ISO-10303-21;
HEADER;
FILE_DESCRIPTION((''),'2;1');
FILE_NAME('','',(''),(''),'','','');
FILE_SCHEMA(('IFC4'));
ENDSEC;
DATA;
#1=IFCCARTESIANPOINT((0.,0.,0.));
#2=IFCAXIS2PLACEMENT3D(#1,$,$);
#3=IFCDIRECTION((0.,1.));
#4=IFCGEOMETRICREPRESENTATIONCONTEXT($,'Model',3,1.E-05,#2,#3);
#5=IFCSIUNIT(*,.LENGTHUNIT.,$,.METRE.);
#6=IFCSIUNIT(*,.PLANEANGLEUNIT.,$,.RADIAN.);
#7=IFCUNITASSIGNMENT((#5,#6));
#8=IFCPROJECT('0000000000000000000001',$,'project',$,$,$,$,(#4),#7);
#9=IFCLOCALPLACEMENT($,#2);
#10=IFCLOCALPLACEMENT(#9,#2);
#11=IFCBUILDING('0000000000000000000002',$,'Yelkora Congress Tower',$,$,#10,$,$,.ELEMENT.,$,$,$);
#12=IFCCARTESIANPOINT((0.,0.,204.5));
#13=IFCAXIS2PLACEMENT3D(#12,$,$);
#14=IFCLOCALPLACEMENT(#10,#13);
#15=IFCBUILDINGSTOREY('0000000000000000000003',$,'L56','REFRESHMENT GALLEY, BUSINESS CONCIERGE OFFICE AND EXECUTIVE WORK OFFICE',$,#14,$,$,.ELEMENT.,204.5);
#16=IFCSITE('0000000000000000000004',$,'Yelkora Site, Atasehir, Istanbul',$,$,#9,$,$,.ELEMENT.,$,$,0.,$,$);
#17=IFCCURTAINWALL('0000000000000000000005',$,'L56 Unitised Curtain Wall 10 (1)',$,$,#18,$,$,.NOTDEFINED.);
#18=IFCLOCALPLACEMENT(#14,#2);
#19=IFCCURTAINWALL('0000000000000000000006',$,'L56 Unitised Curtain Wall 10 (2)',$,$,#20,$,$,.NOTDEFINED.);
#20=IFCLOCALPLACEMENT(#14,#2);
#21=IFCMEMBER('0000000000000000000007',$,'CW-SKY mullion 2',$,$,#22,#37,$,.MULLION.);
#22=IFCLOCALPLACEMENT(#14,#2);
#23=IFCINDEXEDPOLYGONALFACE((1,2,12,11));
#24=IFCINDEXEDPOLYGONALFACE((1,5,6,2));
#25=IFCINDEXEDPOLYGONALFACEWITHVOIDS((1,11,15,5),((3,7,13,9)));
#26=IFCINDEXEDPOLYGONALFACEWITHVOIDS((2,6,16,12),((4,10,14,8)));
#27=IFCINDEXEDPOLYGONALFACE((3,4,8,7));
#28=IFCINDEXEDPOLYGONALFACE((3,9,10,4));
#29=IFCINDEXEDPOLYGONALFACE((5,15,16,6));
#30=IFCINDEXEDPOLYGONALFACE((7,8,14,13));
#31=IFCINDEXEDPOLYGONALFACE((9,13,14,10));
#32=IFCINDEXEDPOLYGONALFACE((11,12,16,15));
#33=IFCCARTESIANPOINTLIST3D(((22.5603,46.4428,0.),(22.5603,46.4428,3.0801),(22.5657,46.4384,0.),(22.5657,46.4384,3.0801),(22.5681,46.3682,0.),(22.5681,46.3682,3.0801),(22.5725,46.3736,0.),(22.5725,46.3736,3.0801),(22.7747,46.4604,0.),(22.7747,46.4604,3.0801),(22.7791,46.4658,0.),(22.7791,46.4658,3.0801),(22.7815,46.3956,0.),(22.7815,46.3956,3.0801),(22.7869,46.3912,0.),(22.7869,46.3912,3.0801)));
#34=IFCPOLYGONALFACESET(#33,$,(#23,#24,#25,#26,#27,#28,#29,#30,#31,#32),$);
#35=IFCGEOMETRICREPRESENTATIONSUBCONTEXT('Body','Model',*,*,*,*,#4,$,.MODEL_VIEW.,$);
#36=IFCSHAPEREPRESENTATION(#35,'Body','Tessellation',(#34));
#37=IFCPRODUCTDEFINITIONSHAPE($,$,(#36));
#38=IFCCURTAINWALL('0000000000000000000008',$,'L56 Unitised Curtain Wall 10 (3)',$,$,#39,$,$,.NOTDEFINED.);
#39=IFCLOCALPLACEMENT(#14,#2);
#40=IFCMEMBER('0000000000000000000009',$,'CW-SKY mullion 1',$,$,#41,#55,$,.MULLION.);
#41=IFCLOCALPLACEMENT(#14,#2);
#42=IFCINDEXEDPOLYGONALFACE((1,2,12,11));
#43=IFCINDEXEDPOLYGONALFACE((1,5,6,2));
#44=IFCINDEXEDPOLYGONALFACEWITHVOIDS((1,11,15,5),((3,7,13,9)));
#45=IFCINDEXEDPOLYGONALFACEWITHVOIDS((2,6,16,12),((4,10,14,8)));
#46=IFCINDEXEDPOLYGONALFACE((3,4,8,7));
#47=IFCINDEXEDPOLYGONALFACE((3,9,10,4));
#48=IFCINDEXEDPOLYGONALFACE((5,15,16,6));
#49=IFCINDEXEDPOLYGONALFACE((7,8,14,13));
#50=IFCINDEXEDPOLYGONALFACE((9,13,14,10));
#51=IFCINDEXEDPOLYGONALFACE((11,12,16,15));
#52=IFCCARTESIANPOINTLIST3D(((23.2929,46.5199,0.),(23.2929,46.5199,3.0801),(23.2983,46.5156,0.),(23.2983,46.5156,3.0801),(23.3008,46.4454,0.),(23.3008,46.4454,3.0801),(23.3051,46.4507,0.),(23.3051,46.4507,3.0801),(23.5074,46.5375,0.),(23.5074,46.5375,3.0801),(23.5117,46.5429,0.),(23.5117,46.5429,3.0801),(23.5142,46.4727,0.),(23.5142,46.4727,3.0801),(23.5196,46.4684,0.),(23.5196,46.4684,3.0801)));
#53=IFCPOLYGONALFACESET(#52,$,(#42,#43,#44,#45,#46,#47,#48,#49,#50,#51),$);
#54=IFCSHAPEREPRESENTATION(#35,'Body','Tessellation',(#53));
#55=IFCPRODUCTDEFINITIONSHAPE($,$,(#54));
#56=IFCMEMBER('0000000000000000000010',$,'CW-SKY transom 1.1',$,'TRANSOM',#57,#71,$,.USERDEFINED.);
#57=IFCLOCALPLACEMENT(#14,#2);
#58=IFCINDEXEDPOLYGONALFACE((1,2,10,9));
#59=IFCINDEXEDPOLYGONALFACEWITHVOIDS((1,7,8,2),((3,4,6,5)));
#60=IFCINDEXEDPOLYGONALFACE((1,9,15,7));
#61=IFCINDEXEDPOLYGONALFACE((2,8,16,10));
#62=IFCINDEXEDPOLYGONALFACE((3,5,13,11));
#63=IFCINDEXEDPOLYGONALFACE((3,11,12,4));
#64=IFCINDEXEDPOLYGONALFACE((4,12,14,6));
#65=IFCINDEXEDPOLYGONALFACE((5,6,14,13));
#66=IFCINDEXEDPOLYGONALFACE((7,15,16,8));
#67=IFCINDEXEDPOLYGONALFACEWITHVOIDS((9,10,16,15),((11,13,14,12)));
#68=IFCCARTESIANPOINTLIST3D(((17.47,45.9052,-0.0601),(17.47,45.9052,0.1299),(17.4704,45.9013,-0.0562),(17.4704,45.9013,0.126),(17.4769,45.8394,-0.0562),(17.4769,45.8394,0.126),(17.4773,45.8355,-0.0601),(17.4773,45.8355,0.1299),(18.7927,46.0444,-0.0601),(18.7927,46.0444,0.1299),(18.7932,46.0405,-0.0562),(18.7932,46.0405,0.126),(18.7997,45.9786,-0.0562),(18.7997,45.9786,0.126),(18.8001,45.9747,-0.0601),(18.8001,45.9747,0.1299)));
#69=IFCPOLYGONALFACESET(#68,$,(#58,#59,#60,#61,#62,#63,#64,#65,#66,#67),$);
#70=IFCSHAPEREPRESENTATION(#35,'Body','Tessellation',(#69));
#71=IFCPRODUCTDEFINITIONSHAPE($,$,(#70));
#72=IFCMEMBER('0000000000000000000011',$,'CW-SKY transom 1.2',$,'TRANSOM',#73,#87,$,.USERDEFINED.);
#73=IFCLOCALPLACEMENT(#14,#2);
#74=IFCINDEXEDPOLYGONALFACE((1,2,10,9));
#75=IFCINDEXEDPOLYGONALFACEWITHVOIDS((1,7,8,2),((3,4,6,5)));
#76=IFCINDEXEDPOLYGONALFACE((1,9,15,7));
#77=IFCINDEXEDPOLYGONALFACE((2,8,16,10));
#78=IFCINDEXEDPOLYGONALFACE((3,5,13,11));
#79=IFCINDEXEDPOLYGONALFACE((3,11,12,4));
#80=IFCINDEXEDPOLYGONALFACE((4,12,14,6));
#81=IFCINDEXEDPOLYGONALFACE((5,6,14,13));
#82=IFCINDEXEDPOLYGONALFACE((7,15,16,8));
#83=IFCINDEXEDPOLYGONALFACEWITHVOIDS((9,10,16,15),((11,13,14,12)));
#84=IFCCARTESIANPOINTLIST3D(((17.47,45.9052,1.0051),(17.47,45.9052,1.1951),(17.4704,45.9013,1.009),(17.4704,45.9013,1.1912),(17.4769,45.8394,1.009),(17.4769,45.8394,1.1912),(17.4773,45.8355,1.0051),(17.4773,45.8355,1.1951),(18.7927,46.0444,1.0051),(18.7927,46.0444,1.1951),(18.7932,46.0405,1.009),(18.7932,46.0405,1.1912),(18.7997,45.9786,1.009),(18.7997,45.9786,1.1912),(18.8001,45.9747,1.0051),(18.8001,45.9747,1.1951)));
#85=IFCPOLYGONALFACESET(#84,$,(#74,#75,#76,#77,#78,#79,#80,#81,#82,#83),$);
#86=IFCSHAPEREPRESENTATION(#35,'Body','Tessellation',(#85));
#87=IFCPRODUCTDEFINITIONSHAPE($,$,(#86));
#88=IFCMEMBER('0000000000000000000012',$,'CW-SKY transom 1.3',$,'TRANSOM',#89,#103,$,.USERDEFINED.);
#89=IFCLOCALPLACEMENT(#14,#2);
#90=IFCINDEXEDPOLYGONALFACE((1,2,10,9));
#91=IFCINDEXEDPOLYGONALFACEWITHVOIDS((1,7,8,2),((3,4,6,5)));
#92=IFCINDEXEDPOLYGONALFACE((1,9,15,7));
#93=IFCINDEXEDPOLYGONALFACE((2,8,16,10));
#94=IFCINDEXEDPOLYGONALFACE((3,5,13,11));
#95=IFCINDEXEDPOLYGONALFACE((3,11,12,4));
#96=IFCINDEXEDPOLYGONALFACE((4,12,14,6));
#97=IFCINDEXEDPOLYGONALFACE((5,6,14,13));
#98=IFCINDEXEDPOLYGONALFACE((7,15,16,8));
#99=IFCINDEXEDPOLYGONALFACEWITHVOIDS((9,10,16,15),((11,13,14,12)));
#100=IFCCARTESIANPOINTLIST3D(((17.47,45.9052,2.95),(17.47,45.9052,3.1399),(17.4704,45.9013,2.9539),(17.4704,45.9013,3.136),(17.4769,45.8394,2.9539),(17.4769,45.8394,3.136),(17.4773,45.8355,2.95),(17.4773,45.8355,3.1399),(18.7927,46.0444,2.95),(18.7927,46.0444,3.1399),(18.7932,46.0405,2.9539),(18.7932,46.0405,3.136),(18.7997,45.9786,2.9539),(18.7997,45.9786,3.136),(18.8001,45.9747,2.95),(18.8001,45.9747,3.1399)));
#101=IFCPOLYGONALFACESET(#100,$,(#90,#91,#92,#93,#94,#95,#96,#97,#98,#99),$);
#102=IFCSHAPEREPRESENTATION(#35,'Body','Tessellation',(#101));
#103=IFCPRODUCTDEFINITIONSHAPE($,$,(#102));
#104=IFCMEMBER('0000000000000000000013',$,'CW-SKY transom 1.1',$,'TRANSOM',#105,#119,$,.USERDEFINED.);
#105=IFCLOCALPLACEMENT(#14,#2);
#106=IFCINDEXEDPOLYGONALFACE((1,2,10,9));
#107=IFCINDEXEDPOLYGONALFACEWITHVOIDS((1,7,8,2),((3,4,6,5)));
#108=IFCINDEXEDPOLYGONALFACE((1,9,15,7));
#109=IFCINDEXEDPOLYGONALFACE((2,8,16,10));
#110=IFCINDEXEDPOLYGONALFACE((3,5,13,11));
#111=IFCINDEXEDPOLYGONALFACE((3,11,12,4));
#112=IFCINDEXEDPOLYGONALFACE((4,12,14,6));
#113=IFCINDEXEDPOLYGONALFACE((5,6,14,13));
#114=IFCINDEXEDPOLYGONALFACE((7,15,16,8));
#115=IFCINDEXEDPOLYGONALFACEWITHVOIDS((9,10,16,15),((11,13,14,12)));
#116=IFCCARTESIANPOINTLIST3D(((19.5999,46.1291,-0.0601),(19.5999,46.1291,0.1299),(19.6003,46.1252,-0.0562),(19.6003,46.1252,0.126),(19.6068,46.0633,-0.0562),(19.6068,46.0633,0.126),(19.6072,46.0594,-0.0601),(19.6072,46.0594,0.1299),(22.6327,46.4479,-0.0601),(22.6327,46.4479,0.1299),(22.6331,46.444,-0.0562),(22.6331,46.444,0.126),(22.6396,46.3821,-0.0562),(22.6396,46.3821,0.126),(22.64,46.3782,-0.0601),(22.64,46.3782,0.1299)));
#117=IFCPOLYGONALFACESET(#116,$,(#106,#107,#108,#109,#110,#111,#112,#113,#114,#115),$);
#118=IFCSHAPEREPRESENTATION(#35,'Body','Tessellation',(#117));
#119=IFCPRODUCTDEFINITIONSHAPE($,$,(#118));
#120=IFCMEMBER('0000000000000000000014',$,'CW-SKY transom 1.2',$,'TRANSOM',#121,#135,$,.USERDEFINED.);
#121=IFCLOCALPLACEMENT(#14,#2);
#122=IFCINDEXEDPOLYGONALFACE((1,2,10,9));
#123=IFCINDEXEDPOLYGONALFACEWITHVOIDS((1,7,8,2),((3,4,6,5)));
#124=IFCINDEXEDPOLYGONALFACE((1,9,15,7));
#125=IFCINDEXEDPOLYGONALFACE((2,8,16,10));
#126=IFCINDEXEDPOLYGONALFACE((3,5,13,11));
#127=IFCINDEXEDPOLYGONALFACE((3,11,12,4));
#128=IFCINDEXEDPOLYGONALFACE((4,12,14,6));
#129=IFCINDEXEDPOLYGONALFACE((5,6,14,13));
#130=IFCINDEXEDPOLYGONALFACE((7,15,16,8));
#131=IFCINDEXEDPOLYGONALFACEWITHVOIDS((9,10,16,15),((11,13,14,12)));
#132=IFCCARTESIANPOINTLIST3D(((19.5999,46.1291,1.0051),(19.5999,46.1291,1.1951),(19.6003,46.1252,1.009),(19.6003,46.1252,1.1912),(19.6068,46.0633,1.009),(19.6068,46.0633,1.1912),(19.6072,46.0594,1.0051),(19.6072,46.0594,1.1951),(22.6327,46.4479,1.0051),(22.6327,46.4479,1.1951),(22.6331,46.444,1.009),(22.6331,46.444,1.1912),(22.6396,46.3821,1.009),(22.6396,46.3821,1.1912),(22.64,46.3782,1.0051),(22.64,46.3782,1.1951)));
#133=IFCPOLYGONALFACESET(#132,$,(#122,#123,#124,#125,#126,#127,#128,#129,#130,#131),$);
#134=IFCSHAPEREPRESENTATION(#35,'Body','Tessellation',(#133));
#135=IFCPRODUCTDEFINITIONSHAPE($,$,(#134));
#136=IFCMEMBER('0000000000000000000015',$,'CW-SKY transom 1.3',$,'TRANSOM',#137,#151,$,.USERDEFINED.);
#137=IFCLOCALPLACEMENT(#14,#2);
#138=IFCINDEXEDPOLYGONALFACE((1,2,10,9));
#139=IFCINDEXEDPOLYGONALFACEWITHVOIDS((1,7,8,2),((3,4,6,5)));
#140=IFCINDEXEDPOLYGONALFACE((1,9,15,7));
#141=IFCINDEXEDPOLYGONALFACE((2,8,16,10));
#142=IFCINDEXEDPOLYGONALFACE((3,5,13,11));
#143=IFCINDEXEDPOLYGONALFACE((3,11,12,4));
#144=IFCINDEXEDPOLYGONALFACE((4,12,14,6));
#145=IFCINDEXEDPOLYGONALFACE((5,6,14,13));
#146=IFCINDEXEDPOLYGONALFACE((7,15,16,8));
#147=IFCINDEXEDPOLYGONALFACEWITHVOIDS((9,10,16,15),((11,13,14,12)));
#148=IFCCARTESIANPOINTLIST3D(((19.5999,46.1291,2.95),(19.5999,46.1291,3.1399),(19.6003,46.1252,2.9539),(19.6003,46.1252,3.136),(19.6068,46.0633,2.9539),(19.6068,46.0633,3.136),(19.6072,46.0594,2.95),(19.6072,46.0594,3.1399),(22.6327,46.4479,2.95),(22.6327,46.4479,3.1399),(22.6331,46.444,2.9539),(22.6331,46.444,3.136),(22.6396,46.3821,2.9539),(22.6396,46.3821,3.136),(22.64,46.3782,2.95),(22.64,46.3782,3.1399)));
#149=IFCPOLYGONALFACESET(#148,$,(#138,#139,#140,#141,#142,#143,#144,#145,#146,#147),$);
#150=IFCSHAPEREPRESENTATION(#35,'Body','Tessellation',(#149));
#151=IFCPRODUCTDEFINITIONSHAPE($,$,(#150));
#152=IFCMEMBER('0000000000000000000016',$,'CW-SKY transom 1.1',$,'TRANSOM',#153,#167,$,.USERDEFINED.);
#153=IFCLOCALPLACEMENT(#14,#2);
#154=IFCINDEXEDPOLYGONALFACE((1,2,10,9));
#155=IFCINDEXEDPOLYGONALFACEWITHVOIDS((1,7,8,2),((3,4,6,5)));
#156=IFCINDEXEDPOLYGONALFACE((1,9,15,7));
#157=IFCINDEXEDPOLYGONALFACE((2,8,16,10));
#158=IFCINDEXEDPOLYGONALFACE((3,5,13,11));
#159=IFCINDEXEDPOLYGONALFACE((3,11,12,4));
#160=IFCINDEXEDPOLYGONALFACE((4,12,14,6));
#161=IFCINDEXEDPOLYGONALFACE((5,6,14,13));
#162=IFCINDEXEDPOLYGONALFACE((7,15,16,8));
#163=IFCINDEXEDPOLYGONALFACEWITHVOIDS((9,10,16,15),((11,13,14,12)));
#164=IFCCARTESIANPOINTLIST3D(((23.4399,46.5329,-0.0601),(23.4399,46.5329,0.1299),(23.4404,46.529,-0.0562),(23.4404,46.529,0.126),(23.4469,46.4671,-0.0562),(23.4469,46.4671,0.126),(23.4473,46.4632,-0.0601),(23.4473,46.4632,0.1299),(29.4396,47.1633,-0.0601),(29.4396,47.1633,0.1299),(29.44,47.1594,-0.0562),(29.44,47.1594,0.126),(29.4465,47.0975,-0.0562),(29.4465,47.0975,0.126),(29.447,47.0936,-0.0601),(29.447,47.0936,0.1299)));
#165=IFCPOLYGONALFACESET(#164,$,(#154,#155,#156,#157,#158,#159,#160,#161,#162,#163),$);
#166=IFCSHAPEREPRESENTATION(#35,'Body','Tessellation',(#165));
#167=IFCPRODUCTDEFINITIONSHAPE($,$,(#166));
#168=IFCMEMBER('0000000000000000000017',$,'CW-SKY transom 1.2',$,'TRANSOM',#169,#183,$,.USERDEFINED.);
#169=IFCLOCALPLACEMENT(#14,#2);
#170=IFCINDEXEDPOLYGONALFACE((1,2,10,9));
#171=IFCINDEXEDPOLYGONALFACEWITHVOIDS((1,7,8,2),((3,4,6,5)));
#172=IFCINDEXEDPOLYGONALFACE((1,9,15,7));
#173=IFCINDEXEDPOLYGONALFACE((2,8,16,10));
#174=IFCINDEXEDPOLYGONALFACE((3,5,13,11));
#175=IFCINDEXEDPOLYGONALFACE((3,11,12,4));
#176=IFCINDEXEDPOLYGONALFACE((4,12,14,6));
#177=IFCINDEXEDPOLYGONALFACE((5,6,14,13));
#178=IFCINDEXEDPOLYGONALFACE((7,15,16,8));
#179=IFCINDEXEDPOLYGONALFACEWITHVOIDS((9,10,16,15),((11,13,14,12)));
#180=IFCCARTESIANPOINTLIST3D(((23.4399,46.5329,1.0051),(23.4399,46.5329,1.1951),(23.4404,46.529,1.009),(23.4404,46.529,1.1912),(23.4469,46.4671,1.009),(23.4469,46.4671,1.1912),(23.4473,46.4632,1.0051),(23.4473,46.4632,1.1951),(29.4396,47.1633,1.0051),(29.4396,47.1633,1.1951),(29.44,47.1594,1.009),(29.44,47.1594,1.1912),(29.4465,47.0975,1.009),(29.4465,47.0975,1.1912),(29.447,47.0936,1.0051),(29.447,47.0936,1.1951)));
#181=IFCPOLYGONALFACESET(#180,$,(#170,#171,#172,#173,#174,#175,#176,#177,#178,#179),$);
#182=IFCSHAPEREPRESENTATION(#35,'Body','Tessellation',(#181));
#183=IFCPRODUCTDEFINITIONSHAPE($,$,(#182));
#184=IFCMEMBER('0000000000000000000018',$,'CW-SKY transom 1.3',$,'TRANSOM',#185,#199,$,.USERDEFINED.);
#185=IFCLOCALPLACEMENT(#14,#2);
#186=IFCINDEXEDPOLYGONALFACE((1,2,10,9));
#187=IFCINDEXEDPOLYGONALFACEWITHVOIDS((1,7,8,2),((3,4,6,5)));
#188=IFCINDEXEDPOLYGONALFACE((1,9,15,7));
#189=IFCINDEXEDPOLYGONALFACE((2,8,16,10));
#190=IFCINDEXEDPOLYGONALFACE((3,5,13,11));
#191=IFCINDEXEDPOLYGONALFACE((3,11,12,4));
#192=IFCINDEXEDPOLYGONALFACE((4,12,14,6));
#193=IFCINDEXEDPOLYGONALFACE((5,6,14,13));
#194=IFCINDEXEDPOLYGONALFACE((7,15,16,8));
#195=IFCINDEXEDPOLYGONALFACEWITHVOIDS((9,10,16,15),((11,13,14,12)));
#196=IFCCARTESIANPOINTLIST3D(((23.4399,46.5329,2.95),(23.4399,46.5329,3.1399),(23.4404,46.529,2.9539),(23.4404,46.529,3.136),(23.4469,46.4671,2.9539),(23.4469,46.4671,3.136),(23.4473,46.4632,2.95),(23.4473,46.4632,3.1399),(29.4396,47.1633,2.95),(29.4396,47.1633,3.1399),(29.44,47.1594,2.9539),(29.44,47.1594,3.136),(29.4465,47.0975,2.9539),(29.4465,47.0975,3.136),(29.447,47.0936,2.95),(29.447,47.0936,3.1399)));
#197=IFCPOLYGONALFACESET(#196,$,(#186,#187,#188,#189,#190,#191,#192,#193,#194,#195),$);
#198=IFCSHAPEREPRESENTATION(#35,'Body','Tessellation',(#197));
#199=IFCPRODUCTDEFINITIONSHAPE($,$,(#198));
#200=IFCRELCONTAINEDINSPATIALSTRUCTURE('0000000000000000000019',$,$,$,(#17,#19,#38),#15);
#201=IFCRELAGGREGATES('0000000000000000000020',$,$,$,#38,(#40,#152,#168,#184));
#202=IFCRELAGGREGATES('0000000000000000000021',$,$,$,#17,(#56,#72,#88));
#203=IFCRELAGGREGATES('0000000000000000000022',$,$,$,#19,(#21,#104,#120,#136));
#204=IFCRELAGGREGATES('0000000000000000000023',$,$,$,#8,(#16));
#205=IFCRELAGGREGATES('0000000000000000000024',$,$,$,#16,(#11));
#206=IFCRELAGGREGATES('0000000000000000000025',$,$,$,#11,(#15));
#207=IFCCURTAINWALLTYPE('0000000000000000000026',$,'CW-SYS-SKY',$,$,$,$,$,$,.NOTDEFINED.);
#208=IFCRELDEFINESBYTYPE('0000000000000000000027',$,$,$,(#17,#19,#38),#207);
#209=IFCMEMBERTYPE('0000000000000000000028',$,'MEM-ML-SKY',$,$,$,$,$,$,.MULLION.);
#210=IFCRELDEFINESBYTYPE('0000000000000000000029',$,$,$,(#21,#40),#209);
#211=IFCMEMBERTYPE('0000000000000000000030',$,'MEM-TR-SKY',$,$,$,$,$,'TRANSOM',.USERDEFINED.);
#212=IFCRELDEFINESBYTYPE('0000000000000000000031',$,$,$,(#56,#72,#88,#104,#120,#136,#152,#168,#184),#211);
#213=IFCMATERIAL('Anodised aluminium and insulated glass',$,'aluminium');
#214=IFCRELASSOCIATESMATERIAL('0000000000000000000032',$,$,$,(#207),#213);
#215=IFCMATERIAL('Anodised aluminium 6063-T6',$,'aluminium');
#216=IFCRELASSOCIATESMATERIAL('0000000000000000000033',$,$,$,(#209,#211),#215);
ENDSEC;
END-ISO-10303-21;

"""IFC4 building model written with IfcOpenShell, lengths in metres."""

from ifc_helpers import new_model, si_unit, direction, frame, origin, origin_2d, place, context, subcontext, project, spatial, hollow_rectangle, extrude, material, material_profile, profile_set, type_object, element, aggregate, save


model = new_model("IFC4")

# Units and contexts
model_context = context("Model", 3, precision=1e-05, world=origin(), true_north=direction((0.0, 1.0)))
body_context = subcontext(model_context, "Body", "Model", "MODEL_VIEW")
ifc_project = project(units=[si_unit("LENGTHUNIT", "METRE"), si_unit("PLANEANGLEUNIT", "RADIAN")], contexts=[model_context])

# Site, building, storey
site_placement = place(None, origin())
site = spatial("IfcSite", under=ifc_project, at=site_placement, Name="Yelkora Site, Atasehir, Istanbul", CompositionType="ELEMENT", RefElevation=0.0)
building_placement = place(site_placement, origin())
building = spatial("IfcBuilding", under=site, at=building_placement, Name="Yelkora Congress Tower", CompositionType="ELEMENT")
storey_placement = place(building_placement, frame((0.0, 0.0, 204.5)))
storey = spatial("IfcBuildingStorey", under=building, at=storey_placement, Name="L56", Description="REFRESHMENT GALLEY, BUSINESS CONCIERGE OFFICE AND EXECUTIVE WORK OFFICE", CompositionType="ELEMENT", Elevation=204.5)

# Curtain walls, member
ifc_material_1 = material(Name="Anodised aluminium and insulated glass", Category="aluminium")
curtain_wall_type = type_object("IfcCurtainWallType", Name="CW-SYS-SKY", PredefinedType="NOTDEFINED", material=ifc_material_1)
curtain_wall_1_placement = place(storey_placement, origin())
curtain_wall_1 = element("IfcCurtainWall", 1, at=curtain_wall_1_placement, inside=storey, type_object=curtain_wall_type, Name="L56 Unitised Curtain Wall 10 (1)", PredefinedType="NOTDEFINED")
ifc_material_2 = material(Name="Anodised aluminium 6063-T6", Category="aluminium")
ifc_material_profile_1 = material_profile(ifc_material_2, hollow_rectangle(XDim=0.075, YDim=0.22, WallThickness=0.0049, at=origin_2d()), Name="ALU 75x220x5")
ifc_profile_set_1 = profile_set([ifc_material_profile_1], Name="Anodised aluminium 6063-T6")
member_type_1 = type_object("IfcMemberType", Name="MEM-ML-SKY", PredefinedType="MULLION", material=ifc_profile_set_1)
curtain_wall_2_placement = place(storey_placement, origin())
curtain_wall_2 = element("IfcCurtainWall", 2, at=curtain_wall_2_placement, inside=storey, type_object=curtain_wall_type, Name="L56 Unitised Curtain Wall 10 (2)", PredefinedType="NOTDEFINED")
member_1_placement = place(storey_placement, frame((22.6736, 46.417, 0.0), z_axis=(0.0, 0.0, 1.0), x_axis=(-0.104516, 0.994523, 0.0)))
member_1 = element("IfcMember", 3, at=member_1_placement, type_object=member_type_1, Name="CW-SKY mullion 2", PredefinedType="MULLION", context=body_context, shape_type="SweptSolid", body=[
    extrude(hollow_rectangle(XDim=0.075, YDim=0.22, WallThickness=0.0049, at=origin_2d()), origin(), (0.0, 0.0, 1.0), 3.0801),
])

# Curtain wall, member
curtain_wall_3_placement = place(storey_placement, origin())
curtain_wall_3 = element("IfcCurtainWall", 4, at=curtain_wall_3_placement, inside=storey, type_object=curtain_wall_type, Name="L56 Unitised Curtain Wall 10 (3)", PredefinedType="NOTDEFINED")
member_2_placement = place(storey_placement, frame((23.4062, 46.4941, 0.0), z_axis=(0.0, 0.0, 1.0), x_axis=(-0.104528, 0.994522, 0.0)))
member_2 = element("IfcMember", 5, at=member_2_placement, type_object=member_type_1, Name="CW-SKY mullion 1", PredefinedType="MULLION", context=body_context, shape_type="SweptSolid", body=[
    extrude(hollow_rectangle(XDim=0.075, YDim=0.22, WallThickness=0.0049, at=origin_2d()), origin(), (0.0, 0.0, 1.0), 3.0801),
])

# Members
ifc_material_profile_2 = material_profile(ifc_material_2, hollow_rectangle(XDim=0.0701, YDim=0.1899, WallThickness=0.0039, at=origin_2d()), Name="ALU 70x190x4")
ifc_profile_set_2 = profile_set([ifc_material_profile_2], Name="Anodised aluminium 6063-T6")
member_type_2 = type_object("IfcMemberType", Name="MEM-TR-SKY", ElementType="TRANSOM", PredefinedType="USERDEFINED", material=ifc_profile_set_2)
member_3_placement = place(storey_placement, frame((17.4736, 45.8704, 0.0349), z_axis=(0.994511, 0.104627, 0.0), x_axis=(-0.104627, 0.994511, 0.0)))
member_3 = element("IfcMember", 6, at=member_3_placement, type_object=member_type_2, Name="CW-SKY transom 1.1", ObjectType="TRANSOM", PredefinedType="USERDEFINED", context=body_context, shape_type="SweptSolid", body=[
    extrude(hollow_rectangle(XDim=0.0701, YDim=0.1899, WallThickness=0.0039, at=origin_2d()), origin(), (0.0, 0.0, 1.0), 1.3301),
])
member_4_placement = place(storey_placement, frame((17.4736, 45.8704, 1.1001), z_axis=(0.994511, 0.104627, 0.0), x_axis=(-0.104627, 0.994511, 0.0)))
member_4 = element("IfcMember", 7, at=member_4_placement, type_object=member_type_2, Name="CW-SKY transom 1.2", ObjectType="TRANSOM", PredefinedType="USERDEFINED", context=body_context, shape_type="SweptSolid", body=[
    extrude(hollow_rectangle(XDim=0.0701, YDim=0.1899, WallThickness=0.0039, at=origin_2d()), origin(), (0.0, 0.0, 1.0), 1.3301),
])
member_5_placement = place(storey_placement, frame((17.4736, 45.8704, 3.0449), z_axis=(0.994511, 0.104627, 0.0), x_axis=(-0.104627, 0.994511, 0.0)))
member_5 = element("IfcMember", 8, at=member_5_placement, type_object=member_type_2, Name="CW-SKY transom 1.3", ObjectType="TRANSOM", PredefinedType="USERDEFINED", context=body_context, shape_type="SweptSolid", body=[
    extrude(hollow_rectangle(XDim=0.0701, YDim=0.1899, WallThickness=0.0039, at=origin_2d()), origin(), (0.0, 0.0, 1.0), 1.3301),
])
member_6_placement = place(storey_placement, frame((19.6035, 46.0942, 0.0349), z_axis=(0.994519, 0.104551, 0.0), x_axis=(-0.104551, 0.994519, 0.0)))
member_6 = element("IfcMember", 9, at=member_6_placement, type_object=member_type_2, Name="CW-SKY transom 1.1", ObjectType="TRANSOM", PredefinedType="USERDEFINED", context=body_context, shape_type="SweptSolid", body=[
    extrude(hollow_rectangle(XDim=0.0701, YDim=0.1899, WallThickness=0.0039, at=origin_2d()), origin(), (0.0, 0.0, 1.0), 3.0496),
])
member_7_placement = place(storey_placement, frame((19.6035, 46.0942, 1.1001), z_axis=(0.994519, 0.104551, 0.0), x_axis=(-0.104551, 0.994519, 0.0)))
member_7 = element("IfcMember", 10, at=member_7_placement, type_object=member_type_2, Name="CW-SKY transom 1.2", ObjectType="TRANSOM", PredefinedType="USERDEFINED", context=body_context, shape_type="SweptSolid", body=[
    extrude(hollow_rectangle(XDim=0.0701, YDim=0.1899, WallThickness=0.0039, at=origin_2d()), origin(), (0.0, 0.0, 1.0), 3.0496),
])
member_8_placement = place(storey_placement, frame((19.6035, 46.0942, 3.0449), z_axis=(0.994519, 0.104551, 0.0), x_axis=(-0.104551, 0.994519, 0.0)))
member_8 = element("IfcMember", 11, at=member_8_placement, type_object=member_type_2, Name="CW-SKY transom 1.3", ObjectType="TRANSOM", PredefinedType="USERDEFINED", context=body_context, shape_type="SweptSolid", body=[
    extrude(hollow_rectangle(XDim=0.0701, YDim=0.1899, WallThickness=0.0039, at=origin_2d()), origin(), (0.0, 0.0, 1.0), 3.0496),
])
member_9_placement = place(storey_placement, frame((23.4436, 46.498, 0.0349), z_axis=(0.994526, 0.104491, 0.0), x_axis=(-0.104491, 0.994526, 0.0)))
member_9 = element("IfcMember", 12, at=member_9_placement, type_object=member_type_2, Name="CW-SKY transom 1.1", ObjectType="TRANSOM", PredefinedType="USERDEFINED", context=body_context, shape_type="SweptSolid", body=[
    extrude(hollow_rectangle(XDim=0.0701, YDim=0.1899, WallThickness=0.0039, at=origin_2d()), origin(), (0.0, 0.0, 1.0), 6.0327),
])
member_10_placement = place(storey_placement, frame((23.4436, 46.498, 1.1001), z_axis=(0.994526, 0.104491, 0.0), x_axis=(-0.104491, 0.994526, 0.0)))
member_10 = element("IfcMember", 13, at=member_10_placement, type_object=member_type_2, Name="CW-SKY transom 1.2", ObjectType="TRANSOM", PredefinedType="USERDEFINED", context=body_context, shape_type="SweptSolid", body=[
    extrude(hollow_rectangle(XDim=0.0701, YDim=0.1899, WallThickness=0.0039, at=origin_2d()), origin(), (0.0, 0.0, 1.0), 6.0327),
])
member_11_placement = place(storey_placement, frame((23.4436, 46.498, 3.0449), z_axis=(0.994526, 0.104491, 0.0), x_axis=(-0.104491, 0.994526, 0.0)))
member_11 = element("IfcMember", 14, at=member_11_placement, type_object=member_type_2, Name="CW-SKY transom 1.3", ObjectType="TRANSOM", PredefinedType="USERDEFINED", context=body_context, shape_type="SweptSolid", body=[
    extrude(hollow_rectangle(XDim=0.0701, YDim=0.1899, WallThickness=0.0039, at=origin_2d()), origin(), (0.0, 0.0, 1.0), 6.0327),
])
aggregate(curtain_wall_3, [member_2, member_9, member_10, member_11])

aggregate(curtain_wall_1, [member_3, member_4, member_5])
aggregate(curtain_wall_2, [member_1, member_6, member_7, member_8])

save(model, "model.ifc")
